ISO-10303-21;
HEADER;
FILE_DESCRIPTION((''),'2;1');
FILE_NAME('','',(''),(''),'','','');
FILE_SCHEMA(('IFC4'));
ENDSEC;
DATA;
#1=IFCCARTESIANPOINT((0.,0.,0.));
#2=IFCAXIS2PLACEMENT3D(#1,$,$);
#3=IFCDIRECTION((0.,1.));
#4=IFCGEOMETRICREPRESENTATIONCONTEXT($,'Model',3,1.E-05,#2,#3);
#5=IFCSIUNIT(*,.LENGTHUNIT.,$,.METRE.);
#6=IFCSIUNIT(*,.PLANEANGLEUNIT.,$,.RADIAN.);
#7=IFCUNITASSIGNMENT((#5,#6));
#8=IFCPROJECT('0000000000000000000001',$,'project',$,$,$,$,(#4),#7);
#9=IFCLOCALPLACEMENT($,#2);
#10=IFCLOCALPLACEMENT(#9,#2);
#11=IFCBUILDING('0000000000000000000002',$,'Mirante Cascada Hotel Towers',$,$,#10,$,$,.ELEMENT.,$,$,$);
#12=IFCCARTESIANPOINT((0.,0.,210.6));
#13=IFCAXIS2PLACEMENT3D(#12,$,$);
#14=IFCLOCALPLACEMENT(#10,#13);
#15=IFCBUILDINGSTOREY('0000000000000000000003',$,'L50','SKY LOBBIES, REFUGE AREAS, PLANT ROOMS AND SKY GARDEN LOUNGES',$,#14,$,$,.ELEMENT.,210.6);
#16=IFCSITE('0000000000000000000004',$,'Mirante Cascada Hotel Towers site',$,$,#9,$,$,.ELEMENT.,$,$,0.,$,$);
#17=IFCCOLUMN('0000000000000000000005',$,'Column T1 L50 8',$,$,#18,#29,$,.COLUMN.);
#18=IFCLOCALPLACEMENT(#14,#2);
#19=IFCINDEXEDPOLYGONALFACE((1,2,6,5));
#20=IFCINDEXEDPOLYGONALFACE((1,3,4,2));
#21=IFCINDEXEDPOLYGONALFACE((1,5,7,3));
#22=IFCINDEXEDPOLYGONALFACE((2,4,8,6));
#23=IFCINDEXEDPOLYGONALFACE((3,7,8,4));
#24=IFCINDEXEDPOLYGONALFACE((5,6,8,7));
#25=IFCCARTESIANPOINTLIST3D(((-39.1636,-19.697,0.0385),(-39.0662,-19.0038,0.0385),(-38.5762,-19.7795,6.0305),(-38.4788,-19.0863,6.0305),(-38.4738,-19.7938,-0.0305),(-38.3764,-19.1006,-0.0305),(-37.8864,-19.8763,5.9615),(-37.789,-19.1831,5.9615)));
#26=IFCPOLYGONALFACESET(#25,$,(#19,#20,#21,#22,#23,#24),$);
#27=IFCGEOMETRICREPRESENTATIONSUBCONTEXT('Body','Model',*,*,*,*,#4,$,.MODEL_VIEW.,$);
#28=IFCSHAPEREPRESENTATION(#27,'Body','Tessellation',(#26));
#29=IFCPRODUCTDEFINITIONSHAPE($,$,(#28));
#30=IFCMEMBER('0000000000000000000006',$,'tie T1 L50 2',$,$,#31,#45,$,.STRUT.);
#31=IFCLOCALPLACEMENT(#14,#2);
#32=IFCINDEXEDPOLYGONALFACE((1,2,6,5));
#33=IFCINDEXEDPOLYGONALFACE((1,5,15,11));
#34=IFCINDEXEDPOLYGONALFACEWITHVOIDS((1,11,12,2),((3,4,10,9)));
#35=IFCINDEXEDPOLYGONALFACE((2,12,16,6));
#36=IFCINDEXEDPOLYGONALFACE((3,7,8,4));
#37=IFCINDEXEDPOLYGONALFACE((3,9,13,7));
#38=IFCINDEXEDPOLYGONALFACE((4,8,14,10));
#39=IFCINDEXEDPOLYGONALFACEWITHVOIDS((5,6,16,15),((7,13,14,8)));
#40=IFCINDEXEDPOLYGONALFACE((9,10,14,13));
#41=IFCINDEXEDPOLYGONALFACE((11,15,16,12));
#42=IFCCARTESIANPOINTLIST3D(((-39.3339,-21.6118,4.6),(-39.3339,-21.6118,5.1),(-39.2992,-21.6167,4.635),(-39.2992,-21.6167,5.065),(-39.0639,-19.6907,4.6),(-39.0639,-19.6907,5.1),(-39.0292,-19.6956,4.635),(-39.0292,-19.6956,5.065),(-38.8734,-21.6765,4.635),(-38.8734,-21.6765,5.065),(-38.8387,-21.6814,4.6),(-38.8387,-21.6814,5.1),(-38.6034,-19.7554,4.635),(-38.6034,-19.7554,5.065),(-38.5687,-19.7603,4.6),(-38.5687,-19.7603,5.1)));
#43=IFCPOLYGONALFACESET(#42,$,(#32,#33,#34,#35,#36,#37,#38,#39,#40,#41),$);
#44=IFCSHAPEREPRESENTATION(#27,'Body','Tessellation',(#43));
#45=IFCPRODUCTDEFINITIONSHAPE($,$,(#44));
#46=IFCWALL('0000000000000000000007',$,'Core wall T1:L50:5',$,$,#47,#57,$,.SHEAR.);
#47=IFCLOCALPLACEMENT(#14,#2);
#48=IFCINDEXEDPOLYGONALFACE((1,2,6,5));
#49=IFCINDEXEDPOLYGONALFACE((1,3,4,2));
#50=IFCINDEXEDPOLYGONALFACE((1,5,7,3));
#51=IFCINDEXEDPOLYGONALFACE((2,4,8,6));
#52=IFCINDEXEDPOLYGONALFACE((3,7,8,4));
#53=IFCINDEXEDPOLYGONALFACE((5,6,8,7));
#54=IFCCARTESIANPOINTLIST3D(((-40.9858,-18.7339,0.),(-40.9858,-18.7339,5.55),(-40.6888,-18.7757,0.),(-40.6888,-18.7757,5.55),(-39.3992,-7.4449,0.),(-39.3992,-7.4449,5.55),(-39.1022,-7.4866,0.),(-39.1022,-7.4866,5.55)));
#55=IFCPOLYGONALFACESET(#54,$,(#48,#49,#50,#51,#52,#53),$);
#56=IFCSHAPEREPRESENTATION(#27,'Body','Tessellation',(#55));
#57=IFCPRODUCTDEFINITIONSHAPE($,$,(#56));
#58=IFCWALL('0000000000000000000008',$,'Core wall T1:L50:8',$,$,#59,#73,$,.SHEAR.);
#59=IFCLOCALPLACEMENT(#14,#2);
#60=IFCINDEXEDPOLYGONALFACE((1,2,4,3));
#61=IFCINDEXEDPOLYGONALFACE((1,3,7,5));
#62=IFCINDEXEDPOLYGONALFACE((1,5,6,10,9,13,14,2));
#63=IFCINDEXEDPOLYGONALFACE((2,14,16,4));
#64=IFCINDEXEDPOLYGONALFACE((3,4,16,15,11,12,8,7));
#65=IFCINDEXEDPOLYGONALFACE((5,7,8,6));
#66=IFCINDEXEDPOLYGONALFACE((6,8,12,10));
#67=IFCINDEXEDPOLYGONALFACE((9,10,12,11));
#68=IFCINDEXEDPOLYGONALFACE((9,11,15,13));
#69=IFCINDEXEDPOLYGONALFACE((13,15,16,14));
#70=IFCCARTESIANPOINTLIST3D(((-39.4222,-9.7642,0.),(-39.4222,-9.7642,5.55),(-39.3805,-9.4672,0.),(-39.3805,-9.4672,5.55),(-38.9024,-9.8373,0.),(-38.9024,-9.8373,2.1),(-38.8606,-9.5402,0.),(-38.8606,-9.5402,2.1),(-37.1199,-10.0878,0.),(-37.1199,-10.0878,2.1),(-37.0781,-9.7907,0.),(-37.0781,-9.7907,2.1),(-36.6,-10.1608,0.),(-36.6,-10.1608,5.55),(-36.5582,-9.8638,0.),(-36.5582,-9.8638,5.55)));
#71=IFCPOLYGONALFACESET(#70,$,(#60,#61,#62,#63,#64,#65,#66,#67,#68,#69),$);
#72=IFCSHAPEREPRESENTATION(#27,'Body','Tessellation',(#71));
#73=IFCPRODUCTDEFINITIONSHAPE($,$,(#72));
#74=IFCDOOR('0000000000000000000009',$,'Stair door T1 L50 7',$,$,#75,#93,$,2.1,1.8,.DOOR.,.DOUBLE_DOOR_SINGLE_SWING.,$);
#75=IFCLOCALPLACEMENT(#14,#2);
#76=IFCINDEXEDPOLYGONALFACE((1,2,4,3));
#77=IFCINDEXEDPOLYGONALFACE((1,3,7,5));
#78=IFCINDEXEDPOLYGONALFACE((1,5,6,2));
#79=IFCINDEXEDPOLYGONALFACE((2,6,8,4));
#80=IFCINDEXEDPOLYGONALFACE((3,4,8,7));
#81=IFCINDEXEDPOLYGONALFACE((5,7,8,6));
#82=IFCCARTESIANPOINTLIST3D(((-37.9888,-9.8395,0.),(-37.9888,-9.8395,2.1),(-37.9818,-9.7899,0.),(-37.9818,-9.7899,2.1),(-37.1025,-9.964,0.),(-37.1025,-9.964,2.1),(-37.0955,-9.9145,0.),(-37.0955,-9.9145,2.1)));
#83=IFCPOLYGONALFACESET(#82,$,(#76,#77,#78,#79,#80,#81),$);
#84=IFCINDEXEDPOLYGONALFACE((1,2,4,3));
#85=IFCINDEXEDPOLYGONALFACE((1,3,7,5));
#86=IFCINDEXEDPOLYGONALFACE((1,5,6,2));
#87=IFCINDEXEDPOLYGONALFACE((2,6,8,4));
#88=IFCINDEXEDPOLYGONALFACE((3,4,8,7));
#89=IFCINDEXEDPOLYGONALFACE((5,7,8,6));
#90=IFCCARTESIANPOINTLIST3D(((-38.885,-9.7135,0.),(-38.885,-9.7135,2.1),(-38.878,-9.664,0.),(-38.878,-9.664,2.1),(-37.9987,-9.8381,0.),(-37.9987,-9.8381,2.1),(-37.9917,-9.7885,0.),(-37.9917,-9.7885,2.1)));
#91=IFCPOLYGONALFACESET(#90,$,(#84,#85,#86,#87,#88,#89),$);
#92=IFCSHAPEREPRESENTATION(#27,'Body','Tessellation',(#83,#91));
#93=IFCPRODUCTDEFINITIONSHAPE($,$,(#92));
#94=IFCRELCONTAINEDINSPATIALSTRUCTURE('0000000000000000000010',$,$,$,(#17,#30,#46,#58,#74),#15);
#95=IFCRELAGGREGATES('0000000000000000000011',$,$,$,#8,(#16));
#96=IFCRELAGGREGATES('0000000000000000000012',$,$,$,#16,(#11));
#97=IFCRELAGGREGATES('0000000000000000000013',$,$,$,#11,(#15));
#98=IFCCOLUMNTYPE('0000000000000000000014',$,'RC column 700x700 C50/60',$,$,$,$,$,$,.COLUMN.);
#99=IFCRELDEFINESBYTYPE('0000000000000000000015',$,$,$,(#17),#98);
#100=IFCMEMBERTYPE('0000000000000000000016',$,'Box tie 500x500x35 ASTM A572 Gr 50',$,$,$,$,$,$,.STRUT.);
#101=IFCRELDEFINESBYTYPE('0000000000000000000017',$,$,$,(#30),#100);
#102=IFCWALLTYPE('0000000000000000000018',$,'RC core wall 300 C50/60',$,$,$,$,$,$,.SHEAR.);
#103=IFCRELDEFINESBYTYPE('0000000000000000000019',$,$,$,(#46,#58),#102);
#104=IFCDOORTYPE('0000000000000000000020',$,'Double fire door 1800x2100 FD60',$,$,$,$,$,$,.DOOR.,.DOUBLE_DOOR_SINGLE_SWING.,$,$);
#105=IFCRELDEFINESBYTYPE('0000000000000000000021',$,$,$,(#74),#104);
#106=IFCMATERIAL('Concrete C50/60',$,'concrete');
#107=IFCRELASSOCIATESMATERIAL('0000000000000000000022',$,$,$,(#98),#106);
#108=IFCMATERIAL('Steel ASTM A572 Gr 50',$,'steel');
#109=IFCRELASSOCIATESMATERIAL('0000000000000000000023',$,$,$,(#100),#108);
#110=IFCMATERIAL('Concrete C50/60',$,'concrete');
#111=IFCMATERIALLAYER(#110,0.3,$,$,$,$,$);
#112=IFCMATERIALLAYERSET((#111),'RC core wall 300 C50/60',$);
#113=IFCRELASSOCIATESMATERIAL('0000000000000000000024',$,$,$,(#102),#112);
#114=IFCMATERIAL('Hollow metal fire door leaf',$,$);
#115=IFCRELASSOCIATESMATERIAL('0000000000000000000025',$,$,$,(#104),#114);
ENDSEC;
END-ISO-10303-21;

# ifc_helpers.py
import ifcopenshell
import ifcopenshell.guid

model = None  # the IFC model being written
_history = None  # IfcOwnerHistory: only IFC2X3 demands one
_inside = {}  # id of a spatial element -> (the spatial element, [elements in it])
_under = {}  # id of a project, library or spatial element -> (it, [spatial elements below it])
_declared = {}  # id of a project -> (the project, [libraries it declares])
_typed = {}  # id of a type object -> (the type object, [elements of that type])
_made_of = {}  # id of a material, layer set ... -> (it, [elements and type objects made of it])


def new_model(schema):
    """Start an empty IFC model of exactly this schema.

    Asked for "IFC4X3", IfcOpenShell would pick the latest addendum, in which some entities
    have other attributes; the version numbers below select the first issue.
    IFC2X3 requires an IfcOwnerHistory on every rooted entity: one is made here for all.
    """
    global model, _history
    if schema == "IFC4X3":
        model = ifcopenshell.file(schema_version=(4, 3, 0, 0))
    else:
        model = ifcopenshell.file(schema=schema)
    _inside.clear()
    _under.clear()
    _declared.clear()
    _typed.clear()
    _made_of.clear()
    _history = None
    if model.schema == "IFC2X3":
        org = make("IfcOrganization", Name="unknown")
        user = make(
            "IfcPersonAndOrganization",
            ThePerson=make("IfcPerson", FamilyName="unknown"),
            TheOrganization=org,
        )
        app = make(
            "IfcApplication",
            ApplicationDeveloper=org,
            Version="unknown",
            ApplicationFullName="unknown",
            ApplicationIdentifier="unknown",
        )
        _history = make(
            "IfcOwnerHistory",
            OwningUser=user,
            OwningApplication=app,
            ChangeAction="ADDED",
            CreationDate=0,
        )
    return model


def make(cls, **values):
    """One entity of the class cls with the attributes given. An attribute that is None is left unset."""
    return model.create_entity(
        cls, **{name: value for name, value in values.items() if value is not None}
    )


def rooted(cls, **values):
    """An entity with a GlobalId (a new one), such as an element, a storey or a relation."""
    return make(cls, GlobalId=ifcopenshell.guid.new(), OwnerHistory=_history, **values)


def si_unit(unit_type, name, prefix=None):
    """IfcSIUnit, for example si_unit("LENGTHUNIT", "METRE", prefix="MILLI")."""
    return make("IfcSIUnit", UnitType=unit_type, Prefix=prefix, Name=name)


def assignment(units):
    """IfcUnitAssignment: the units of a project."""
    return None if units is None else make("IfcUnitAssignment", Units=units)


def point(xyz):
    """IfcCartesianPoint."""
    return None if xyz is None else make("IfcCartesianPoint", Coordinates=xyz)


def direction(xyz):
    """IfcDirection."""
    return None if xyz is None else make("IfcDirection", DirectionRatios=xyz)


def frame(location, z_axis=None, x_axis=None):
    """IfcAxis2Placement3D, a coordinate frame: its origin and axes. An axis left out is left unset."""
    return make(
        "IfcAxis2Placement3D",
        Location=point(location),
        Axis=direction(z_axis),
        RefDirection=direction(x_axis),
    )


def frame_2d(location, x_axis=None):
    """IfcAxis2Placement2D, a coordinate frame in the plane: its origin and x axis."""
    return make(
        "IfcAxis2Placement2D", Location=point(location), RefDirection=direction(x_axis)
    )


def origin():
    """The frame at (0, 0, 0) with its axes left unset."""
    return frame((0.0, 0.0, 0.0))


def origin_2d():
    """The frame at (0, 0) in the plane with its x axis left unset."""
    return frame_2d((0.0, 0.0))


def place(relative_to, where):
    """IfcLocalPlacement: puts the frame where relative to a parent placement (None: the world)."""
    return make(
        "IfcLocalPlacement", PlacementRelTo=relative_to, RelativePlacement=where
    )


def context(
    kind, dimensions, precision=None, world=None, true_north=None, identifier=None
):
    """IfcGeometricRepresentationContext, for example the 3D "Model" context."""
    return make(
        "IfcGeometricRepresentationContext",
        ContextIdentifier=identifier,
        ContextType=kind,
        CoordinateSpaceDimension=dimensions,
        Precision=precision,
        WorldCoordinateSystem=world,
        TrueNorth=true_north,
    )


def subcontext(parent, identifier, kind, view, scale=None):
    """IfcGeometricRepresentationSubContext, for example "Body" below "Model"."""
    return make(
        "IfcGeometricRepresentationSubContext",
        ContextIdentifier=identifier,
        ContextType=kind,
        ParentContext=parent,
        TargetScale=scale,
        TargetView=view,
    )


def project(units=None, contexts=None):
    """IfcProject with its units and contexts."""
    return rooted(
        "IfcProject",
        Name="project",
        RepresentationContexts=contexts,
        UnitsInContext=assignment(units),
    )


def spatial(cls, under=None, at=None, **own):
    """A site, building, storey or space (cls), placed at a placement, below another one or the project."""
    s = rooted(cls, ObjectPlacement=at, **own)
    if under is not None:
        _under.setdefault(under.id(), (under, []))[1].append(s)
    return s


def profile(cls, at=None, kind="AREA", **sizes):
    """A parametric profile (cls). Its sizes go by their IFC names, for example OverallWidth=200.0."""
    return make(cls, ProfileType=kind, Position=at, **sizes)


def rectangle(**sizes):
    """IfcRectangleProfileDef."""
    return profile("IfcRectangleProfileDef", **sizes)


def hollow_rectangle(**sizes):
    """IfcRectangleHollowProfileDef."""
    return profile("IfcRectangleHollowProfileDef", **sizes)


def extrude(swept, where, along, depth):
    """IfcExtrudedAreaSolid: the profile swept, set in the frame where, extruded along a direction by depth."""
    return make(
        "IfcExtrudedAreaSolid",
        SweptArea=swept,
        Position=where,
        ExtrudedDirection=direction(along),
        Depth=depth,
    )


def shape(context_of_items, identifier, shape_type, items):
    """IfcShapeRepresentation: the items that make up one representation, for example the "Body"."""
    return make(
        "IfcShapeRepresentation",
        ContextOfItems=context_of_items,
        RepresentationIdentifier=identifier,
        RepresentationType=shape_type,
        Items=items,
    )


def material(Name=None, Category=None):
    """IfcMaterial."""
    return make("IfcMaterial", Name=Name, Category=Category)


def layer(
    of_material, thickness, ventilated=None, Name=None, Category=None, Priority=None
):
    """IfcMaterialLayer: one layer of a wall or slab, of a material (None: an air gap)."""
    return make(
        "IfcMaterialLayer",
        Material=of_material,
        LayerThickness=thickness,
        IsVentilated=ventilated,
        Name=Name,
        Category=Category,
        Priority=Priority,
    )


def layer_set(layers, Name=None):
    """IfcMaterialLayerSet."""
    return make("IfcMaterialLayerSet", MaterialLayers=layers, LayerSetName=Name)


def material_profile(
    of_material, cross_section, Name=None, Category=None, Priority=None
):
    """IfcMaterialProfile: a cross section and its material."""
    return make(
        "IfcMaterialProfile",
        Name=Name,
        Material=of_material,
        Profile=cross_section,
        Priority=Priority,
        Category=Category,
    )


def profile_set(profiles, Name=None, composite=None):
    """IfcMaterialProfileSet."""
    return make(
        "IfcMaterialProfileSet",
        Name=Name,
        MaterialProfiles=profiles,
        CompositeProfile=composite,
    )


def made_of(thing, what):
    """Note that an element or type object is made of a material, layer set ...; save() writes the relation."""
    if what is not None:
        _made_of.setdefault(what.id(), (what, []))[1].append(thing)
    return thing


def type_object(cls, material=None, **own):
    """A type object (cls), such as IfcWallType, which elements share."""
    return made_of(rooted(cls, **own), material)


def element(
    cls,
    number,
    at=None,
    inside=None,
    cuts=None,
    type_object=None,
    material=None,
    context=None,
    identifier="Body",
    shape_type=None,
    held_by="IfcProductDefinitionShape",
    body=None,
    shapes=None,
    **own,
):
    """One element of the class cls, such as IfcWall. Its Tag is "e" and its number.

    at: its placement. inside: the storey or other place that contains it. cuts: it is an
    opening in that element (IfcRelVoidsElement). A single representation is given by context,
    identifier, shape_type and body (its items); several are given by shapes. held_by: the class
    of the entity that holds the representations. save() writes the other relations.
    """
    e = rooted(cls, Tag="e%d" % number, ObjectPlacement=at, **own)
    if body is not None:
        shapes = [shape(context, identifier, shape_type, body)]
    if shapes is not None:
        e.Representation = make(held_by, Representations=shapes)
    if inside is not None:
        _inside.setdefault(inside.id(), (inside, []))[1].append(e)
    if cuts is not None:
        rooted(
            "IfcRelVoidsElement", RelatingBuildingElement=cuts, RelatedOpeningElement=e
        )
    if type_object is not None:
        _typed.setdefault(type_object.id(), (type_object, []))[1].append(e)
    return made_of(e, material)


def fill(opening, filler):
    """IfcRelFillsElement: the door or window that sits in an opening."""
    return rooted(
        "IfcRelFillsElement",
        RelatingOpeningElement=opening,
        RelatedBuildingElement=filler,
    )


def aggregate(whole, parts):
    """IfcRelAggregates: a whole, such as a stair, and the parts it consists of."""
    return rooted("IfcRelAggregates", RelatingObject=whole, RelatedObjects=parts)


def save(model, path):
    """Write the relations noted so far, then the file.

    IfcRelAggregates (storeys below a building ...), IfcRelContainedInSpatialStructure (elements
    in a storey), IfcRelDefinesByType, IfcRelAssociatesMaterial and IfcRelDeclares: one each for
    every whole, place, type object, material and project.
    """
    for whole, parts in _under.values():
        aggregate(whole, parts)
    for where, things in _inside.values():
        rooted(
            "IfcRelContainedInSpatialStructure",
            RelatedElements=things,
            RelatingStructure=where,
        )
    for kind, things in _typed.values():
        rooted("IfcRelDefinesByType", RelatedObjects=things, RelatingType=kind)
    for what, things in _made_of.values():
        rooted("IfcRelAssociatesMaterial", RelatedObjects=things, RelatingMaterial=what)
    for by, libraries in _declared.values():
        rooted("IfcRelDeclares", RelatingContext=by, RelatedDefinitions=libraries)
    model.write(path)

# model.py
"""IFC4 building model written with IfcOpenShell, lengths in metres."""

from ifc_helpers import new_model, si_unit, direction, frame, frame_2d, origin, origin_2d, place, context, subcontext, project, spatial, rectangle, hollow_rectangle, extrude, material, layer, layer_set, material_profile, profile_set, type_object, element, fill, save


model = new_model("IFC4")

# Units and contexts
model_context = context("Model", 3, precision=1e-05, world=origin(), true_north=direction((0.0, 1.0)))
body_context = subcontext(model_context, "Body", "Model", "MODEL_VIEW")
ifc_project = project(units=[si_unit("LENGTHUNIT", "METRE"), si_unit("PLANEANGLEUNIT", "RADIAN")], contexts=[model_context])

# Site, building, storey
site_placement = place(None, origin())
site = spatial("IfcSite", under=ifc_project, at=site_placement, Name="Mirante Cascada Hotel Towers site", CompositionType="ELEMENT", RefElevation=0.0)
building_placement = place(site_placement, origin())
building = spatial("IfcBuilding", under=site, at=building_placement, Name="Mirante Cascada Hotel Towers", CompositionType="ELEMENT")
storey_placement = place(building_placement, frame((0.0, 0.0, 210.6)))
storey = spatial("IfcBuildingStorey", under=building, at=storey_placement, Name="L50", Description="SKY LOBBIES, REFUGE AREAS, PLANT ROOMS AND SKY GARDEN LOUNGES", CompositionType="ELEMENT", Elevation=210.6)

# Column
ifc_material_1 = material(Name="Concrete C50/60", Category="concrete")
ifc_material_profile_1 = material_profile(ifc_material_1, rectangle(XDim=0.7, YDim=0.7, at=origin_2d()), Name="RC column 700x700 C50/60")
ifc_profile_set_1 = profile_set([ifc_material_profile_1], Name="Concrete C50/60")
column_type = type_object("IfcColumnType", Name="RC column 700x700 C50/60", PredefinedType="COLUMN", material=ifc_profile_set_1)
column_placement = place(storey_placement, frame((-38.77, -19.3988, 0.004), z_axis=(0.097554, -0.013701, 0.995136), x_axis=(0.139084, 0.990281, 0.0)))
element("IfcColumn", 1, at=column_placement, inside=storey, type_object=column_type, Name="Column T1 L50 8", PredefinedType="COLUMN", context=body_context, shape_type="SweptSolid", body=[
    extrude(rectangle(XDim=0.7, YDim=0.7, at=origin_2d()), origin(), (0.0, 0.0, 1.0), 6.0213),
])

# Member
ifc_material_2 = material(Name="Steel ASTM A572 Gr 50", Category="steel")
ifc_material_profile_2 = material_profile(ifc_material_2, hollow_rectangle(XDim=0.5, YDim=0.5, WallThickness=0.035, at=origin_2d()), Name="Box tie 500x500x35 ASTM A572 Gr 50")
ifc_profile_set_2 = profile_set([ifc_material_profile_2], Name="Steel ASTM A572 Gr 50")
member_type = type_object("IfcMemberType", Name="Box tie 500x500x35 ASTM A572 Gr 50", PredefinedType="STRUT", material=ifc_profile_set_2)
member_placement = place(storey_placement, frame((-38.8163, -19.7255, 4.85), z_axis=(-0.139177, -0.990268, 0.0), x_axis=(0.990268, -0.139177, 0.0)))
element("IfcMember", 2, at=member_placement, inside=storey, type_object=member_type, Name="tie T1 L50 2", PredefinedType="STRUT", context=body_context, shape_type="SweptSolid", body=[
    extrude(hollow_rectangle(XDim=0.5, YDim=0.5, WallThickness=0.035, at=origin_2d()), origin(), (0.0, 0.0, 1.0), 1.94),
])

# Wall
ifc_material_3 = material(Name="Concrete C50/60", Category="concrete")
ifc_layer_1 = layer(ifc_material_3, 0.3)
ifc_layer_set_1 = layer_set([ifc_layer_1], Name="RC core wall 300 C50/60")
wall_type_1 = type_object("IfcWallType", Name="RC core wall 300 C50/60", PredefinedType="SHEAR", material=ifc_layer_set_1)
wall_1_placement = place(storey_placement, frame((-40.8373, -18.7548, 0.0), z_axis=(0.0, 0.0, 1.0), x_axis=(0.139175, 0.990268, 0.0)))
element("IfcWall", 3, at=wall_1_placement, inside=storey, type_object=wall_type_1, Name="Core wall T1:L50:5", PredefinedType="SHEAR", context=body_context, shape_type="SweptSolid", body=[
    extrude(rectangle(XDim=11.4, YDim=0.3, at=frame_2d((5.7, 0.0))), origin(), (0.0, 0.0, 1.0), 5.55),
])

# Wall, opening, door
wall_2_placement = place(storey_placement, frame((-36.5791, -10.0123, 0.0), z_axis=(0.0, 0.0, 1.0), x_axis=(-0.99027, 0.139156, 0.0)))
wall_2 = element("IfcWall", 4, at=wall_2_placement, inside=storey, type_object=wall_type_1, Name="Core wall T1:L50:8", PredefinedType="SHEAR", context=body_context, shape_type="SweptSolid", body=[
    extrude(rectangle(XDim=2.85, YDim=0.3, at=frame_2d((1.425, 0.0))), origin(), (0.0, 0.0, 1.0), 5.55),
])
opening_1_placement = place(wall_2_placement, frame((0.525, 0.0, 0.0)))
opening_1 = element("IfcOpeningElement", 5, at=opening_1_placement, cuts=wall_2, PredefinedType="OPENING", context=body_context, shape_type="SweptSolid", body=[
    extrude(rectangle(XDim=1.8, YDim=2.1, at=frame_2d((0.9, 1.05))), frame((0.0, 0.15, 0.0), z_axis=(0.0, -1.0, 0.0), x_axis=(1.0, 0.0, 0.0)), (0.0, 0.0, 1.0), 0.3),
])
ifc_material_4 = material(Name="Hollow metal fire door leaf")
door_type_1 = type_object("IfcDoorType", Name="Double fire door 1800x2100 FD60", OperationType="DOUBLE_DOOR_SINGLE_SWING", PredefinedType="DOOR", material=ifc_material_4)
door_1_placement = place(opening_1_placement, origin())
door_1 = element("IfcDoor", 6, at=door_1_placement, inside=storey, type_object=door_type_1, Name="Stair door T1 L50 7", OperationType="DOUBLE_DOOR_SINGLE_SWING", OverallHeight=2.1, OverallWidth=1.8, PredefinedType="DOOR", context=body_context, shape_type="SweptSolid", body=[
    extrude(rectangle(XDim=0.895, YDim=2.1, at=frame_2d((0.4475, 1.05))), frame((0.0, 0.025, 0.0), z_axis=(0.0, -1.0, 0.0), x_axis=(1.0, 0.0, 0.0)), (0.0, 0.0, 1.0), 0.05),
    extrude(rectangle(XDim=0.895, YDim=2.1, at=frame_2d((1.3525, 1.05))), frame((0.0, 0.025, 0.0), z_axis=(0.0, -1.0, 0.0), x_axis=(1.0, 0.0, 0.0)), (0.0, 0.0, 1.0), 0.05),
])
fill(opening_1, door_1)

save(model, "model.ifc")
